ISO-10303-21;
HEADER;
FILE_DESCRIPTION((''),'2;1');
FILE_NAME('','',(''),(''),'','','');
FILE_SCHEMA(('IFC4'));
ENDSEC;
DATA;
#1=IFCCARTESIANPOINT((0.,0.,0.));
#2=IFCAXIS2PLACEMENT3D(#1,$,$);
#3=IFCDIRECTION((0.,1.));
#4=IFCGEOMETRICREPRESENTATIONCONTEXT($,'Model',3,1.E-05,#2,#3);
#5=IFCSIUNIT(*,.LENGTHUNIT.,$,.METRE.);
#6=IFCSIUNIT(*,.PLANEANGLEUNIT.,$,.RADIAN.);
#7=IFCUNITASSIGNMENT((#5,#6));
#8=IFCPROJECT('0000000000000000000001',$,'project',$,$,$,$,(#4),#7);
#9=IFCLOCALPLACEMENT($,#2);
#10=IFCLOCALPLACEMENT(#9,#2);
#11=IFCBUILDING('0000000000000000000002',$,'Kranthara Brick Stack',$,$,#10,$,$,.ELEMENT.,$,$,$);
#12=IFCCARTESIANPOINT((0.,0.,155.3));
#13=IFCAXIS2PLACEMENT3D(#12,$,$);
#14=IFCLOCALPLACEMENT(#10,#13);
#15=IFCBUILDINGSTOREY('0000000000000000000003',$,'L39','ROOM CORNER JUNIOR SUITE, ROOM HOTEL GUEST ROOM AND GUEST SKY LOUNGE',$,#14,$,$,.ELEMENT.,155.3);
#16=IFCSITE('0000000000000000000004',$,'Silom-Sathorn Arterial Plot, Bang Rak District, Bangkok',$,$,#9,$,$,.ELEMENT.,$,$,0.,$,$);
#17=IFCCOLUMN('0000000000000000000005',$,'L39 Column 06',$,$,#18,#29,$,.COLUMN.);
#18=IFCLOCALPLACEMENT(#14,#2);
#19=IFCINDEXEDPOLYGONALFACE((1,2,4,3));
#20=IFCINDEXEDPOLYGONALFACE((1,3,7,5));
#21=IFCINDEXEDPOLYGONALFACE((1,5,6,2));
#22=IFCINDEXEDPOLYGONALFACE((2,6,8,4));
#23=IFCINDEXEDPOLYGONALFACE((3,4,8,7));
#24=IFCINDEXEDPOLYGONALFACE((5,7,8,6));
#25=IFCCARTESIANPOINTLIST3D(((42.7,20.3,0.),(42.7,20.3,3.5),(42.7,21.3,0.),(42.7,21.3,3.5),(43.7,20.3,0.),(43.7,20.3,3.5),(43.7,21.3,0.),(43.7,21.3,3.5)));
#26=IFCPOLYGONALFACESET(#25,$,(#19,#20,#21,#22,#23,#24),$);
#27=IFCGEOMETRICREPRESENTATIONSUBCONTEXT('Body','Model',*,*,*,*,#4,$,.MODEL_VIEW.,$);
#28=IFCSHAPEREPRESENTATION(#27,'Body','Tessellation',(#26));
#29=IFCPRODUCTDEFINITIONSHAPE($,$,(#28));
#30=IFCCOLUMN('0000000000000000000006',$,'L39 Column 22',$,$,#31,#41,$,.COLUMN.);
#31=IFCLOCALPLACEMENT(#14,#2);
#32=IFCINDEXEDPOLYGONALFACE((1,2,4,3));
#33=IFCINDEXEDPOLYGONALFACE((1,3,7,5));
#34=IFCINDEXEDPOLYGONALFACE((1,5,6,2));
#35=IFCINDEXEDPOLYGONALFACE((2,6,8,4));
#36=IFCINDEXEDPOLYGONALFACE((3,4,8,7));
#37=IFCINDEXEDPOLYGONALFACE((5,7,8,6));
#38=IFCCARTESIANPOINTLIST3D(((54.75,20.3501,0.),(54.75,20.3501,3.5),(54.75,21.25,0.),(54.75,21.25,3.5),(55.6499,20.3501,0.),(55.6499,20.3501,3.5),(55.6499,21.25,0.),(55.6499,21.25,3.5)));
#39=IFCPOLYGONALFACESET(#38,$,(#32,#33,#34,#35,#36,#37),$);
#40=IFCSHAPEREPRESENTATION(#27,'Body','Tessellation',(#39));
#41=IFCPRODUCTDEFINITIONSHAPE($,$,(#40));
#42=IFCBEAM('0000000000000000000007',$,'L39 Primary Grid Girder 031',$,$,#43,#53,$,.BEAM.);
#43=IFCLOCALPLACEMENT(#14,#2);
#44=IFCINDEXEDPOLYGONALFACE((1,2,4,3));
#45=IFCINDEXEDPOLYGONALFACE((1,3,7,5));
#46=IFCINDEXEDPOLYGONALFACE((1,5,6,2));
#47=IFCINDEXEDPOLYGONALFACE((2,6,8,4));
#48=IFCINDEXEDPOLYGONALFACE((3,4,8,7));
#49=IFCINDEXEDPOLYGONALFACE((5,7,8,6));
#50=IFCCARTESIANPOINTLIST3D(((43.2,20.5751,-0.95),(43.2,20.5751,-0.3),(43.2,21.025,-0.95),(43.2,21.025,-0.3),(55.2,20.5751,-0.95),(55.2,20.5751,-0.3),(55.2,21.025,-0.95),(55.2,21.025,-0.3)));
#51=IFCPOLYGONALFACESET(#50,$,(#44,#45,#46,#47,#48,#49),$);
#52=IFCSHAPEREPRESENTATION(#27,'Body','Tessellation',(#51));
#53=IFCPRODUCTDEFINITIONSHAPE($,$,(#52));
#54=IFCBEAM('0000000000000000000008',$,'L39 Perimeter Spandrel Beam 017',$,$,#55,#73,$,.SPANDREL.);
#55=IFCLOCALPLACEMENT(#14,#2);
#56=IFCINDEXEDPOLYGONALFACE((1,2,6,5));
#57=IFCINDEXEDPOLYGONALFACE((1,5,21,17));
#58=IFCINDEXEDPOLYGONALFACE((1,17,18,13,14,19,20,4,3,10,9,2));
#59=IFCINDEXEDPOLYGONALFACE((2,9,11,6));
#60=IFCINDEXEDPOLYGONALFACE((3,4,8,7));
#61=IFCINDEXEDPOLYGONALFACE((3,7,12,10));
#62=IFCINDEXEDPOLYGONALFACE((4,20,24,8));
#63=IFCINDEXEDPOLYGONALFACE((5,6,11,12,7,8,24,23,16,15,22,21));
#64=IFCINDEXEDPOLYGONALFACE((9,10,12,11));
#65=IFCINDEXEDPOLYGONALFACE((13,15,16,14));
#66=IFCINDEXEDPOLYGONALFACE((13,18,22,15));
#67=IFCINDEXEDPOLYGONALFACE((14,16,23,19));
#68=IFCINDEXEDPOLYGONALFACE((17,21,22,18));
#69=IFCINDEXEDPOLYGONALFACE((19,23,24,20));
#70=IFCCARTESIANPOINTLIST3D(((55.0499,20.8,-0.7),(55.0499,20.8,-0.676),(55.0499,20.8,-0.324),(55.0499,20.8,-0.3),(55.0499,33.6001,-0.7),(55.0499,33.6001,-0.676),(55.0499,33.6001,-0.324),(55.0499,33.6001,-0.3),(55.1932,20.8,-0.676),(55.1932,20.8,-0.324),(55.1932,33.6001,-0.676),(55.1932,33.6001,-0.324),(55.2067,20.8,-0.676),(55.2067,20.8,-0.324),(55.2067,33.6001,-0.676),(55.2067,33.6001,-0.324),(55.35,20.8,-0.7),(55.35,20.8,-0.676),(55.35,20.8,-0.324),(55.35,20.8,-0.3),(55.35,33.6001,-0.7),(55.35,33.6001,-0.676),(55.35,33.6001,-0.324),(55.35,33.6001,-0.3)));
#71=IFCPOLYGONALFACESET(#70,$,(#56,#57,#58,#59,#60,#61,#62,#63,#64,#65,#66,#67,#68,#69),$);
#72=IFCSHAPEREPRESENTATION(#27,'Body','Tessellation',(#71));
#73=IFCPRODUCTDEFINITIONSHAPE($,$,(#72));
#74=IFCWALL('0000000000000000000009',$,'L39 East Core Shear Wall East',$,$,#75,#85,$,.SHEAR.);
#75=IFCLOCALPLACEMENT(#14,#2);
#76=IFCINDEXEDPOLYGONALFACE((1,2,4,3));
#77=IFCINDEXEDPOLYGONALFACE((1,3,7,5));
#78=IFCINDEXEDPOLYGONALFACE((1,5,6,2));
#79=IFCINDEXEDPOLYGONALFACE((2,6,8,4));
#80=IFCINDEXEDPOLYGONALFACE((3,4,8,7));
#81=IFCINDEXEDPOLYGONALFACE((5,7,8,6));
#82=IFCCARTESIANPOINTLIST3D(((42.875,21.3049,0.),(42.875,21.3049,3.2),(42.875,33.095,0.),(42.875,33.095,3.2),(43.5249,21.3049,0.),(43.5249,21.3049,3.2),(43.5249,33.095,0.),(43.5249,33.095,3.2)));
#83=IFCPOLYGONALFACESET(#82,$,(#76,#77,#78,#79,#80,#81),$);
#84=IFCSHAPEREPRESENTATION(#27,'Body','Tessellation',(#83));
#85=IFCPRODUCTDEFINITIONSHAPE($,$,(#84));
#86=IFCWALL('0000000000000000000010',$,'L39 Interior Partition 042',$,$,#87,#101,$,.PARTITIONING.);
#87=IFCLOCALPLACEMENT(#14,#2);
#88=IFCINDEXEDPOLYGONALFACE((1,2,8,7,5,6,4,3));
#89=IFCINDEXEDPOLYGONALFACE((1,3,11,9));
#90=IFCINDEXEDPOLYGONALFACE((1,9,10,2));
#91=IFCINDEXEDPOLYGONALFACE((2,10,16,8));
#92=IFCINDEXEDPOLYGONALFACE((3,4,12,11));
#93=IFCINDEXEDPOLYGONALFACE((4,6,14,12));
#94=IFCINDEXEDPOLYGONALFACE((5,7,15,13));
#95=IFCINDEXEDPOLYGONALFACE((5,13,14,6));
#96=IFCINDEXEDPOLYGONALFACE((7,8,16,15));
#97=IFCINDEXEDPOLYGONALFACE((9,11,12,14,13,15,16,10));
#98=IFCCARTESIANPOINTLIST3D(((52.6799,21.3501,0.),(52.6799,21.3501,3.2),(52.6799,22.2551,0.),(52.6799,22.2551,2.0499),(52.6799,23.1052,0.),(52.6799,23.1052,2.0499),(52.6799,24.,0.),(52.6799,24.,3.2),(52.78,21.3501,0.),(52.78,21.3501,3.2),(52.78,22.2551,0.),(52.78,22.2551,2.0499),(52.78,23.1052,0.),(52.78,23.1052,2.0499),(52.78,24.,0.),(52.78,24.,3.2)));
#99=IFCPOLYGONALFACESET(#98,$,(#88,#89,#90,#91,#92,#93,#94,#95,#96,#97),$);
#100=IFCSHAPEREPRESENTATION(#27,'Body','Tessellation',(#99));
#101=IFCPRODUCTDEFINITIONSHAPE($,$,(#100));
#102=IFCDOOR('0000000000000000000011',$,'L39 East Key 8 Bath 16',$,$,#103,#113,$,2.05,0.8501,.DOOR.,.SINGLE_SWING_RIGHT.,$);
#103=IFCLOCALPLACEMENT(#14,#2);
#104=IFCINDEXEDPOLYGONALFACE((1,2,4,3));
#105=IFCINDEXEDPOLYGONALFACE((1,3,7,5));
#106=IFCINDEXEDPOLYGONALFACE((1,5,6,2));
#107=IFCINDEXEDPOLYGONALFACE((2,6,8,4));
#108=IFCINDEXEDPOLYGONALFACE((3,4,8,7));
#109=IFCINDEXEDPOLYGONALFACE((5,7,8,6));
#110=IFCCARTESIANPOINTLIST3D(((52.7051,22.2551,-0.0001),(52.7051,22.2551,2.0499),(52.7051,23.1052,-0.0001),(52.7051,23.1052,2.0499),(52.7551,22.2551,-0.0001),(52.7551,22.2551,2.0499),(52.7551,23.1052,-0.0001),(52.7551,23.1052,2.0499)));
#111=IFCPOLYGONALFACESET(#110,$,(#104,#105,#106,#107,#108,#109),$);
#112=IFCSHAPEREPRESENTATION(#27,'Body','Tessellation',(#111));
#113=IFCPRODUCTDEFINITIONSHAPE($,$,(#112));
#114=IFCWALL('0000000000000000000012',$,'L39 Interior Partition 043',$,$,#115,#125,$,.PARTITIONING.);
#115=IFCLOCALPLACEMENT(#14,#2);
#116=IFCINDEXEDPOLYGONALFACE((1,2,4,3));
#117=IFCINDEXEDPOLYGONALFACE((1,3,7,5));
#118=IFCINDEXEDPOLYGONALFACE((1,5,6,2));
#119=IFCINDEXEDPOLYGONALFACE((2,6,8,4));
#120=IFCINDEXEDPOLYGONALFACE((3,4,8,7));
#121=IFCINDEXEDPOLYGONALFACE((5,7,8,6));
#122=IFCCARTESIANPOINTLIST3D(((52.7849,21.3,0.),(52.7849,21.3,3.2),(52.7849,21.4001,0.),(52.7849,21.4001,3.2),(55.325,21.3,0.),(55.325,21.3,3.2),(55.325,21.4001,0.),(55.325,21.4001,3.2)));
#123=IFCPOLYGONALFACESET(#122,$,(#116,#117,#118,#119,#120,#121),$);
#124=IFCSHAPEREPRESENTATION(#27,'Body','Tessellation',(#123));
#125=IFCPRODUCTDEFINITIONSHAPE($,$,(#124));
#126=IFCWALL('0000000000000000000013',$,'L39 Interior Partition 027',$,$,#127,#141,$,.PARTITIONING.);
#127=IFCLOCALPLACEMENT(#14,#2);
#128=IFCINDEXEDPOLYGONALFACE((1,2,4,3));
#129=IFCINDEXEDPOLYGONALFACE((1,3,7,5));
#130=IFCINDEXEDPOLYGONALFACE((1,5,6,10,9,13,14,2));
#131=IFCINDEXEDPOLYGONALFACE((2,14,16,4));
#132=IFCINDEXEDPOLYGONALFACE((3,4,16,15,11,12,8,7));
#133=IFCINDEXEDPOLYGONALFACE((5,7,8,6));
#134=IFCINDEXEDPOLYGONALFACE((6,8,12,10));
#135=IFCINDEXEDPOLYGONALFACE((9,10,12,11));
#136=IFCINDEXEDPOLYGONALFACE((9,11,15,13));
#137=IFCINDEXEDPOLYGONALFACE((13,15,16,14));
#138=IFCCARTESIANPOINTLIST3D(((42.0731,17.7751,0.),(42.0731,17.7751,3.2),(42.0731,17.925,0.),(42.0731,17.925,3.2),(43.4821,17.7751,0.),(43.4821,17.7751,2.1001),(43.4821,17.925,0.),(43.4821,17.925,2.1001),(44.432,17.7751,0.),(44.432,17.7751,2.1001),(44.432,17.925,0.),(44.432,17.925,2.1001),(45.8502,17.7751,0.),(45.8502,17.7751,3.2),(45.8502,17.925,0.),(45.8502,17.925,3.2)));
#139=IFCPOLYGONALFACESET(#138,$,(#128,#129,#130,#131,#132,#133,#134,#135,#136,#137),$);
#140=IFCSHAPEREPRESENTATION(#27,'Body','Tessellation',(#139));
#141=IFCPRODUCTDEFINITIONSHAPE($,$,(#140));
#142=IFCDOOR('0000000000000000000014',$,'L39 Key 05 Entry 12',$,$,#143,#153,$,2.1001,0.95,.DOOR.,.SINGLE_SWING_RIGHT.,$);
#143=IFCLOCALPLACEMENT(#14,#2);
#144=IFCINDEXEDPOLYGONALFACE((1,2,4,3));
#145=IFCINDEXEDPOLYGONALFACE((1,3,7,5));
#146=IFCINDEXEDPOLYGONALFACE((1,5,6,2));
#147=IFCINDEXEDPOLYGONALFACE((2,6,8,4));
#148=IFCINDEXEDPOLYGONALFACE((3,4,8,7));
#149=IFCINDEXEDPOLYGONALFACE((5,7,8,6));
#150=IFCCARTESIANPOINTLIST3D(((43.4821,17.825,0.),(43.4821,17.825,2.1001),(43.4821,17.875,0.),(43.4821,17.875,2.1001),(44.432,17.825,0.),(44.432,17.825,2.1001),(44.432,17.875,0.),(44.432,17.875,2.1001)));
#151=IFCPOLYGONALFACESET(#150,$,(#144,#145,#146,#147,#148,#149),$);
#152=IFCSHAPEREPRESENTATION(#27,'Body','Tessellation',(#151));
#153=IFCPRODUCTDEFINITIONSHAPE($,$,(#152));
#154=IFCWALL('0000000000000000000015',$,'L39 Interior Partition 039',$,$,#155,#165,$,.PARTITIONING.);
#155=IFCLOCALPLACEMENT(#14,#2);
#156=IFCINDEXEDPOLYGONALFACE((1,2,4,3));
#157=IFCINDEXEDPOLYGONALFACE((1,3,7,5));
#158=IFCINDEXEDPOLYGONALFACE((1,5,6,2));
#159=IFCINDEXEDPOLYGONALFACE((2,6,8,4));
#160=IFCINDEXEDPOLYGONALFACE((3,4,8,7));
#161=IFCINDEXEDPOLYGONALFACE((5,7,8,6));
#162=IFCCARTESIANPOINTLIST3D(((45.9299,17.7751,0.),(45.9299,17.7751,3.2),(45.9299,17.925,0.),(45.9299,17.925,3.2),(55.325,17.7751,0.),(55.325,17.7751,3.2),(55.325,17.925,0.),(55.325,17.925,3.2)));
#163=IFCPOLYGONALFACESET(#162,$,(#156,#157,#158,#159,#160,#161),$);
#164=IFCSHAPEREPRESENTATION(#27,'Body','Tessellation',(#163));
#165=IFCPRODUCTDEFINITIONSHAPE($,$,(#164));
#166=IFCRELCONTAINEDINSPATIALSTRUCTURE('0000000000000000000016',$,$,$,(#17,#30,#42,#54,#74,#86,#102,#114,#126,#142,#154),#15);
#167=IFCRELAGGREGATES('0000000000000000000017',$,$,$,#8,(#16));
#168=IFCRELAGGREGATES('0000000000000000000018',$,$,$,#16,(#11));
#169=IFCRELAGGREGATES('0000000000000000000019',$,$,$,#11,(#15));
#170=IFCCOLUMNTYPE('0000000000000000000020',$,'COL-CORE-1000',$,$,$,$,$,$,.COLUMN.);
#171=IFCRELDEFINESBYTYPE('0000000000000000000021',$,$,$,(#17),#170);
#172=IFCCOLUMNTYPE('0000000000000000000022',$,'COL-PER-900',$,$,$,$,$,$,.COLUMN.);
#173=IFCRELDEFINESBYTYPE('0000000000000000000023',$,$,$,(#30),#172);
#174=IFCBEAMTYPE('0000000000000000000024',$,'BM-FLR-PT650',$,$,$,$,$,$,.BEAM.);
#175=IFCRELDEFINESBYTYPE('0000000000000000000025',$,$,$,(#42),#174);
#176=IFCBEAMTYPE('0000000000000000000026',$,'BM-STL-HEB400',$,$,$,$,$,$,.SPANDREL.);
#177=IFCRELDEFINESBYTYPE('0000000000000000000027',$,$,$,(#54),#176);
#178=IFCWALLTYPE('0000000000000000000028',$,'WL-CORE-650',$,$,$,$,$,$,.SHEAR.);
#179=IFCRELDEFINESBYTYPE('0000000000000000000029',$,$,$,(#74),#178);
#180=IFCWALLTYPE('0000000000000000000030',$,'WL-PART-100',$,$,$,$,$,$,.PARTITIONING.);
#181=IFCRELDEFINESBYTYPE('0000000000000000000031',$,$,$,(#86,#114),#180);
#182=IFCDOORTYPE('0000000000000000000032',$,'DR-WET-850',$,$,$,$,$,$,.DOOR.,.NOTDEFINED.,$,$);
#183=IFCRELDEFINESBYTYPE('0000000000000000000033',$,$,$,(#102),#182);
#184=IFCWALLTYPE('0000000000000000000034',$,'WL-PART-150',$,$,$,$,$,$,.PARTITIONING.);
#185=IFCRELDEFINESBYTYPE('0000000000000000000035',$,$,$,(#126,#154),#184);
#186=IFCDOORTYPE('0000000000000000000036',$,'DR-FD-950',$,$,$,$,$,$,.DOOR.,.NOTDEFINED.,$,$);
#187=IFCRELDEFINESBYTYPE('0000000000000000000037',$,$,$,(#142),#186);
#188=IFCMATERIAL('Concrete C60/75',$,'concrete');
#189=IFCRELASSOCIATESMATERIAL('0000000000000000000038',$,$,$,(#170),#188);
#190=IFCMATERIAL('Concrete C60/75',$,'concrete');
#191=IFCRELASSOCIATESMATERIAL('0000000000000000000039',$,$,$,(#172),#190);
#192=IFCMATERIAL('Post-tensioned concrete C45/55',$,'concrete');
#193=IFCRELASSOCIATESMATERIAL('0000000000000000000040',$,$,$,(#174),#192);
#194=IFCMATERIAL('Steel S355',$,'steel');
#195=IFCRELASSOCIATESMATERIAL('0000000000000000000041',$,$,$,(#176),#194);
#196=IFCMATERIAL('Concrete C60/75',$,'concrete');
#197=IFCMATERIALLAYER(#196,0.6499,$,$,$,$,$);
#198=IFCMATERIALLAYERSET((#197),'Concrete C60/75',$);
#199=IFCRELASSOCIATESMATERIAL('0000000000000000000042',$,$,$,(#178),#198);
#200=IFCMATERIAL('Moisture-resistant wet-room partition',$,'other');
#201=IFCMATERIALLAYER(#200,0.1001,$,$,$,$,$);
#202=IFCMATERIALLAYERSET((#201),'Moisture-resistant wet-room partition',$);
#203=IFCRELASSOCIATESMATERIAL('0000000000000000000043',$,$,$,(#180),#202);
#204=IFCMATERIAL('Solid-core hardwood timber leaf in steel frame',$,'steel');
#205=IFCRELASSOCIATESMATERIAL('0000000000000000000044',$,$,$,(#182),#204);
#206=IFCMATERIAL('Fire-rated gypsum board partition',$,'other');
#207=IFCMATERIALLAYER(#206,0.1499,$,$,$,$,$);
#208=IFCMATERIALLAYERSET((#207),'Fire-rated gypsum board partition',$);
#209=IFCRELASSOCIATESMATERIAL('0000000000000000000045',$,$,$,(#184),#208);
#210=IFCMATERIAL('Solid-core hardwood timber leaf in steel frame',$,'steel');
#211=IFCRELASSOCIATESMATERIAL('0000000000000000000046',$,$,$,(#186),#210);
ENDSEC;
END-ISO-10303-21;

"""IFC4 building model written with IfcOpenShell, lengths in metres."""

from ifc_helpers import new_model, si_unit, direction, frame, frame_2d, origin, origin_2d, place, context, subcontext, project, spatial, rectangle, i_section, extrude, material, layer, layer_set, material_profile, profile_set, type_object, element, fill, save


model = new_model("IFC4")

# Units and contexts
model_context = context("Model", 3, precision=1e-05, world=origin(), true_north=direction((0.0, 1.0)))
body_context = subcontext(model_context, "Body", "Model", "MODEL_VIEW")
ifc_project = project(units=[si_unit("LENGTHUNIT", "METRE"), si_unit("PLANEANGLEUNIT", "RADIAN")], contexts=[model_context])

# Site, building, storey
site_placement = place(None, origin())
site = spatial("IfcSite", under=ifc_project, at=site_placement, Name="Silom-Sathorn Arterial Plot, Bang Rak District, Bangkok", CompositionType="ELEMENT", RefElevation=0.0)
building_placement = place(site_placement, origin())
building = spatial("IfcBuilding", under=site, at=building_placement, Name="Kranthara Brick Stack", CompositionType="ELEMENT")
storey_placement = place(building_placement, frame((0.0, 0.0, 155.3)))
storey = spatial("IfcBuildingStorey", under=building, at=storey_placement, Name="L39", Description="ROOM CORNER JUNIOR SUITE, ROOM HOTEL GUEST ROOM AND GUEST SKY LOUNGE", CompositionType="ELEMENT", Elevation=155.3)

# Columns
ifc_material_1 = material(Name="Concrete C60/75", Category="concrete")
ifc_material_profile_1 = material_profile(ifc_material_1, rectangle(XDim=1.0, YDim=1.0, at=origin_2d()), Name="RC 1000x1000")
ifc_profile_set_1 = profile_set([ifc_material_profile_1], Name="Concrete C60/75")
column_type_1 = type_object("IfcColumnType", Name="COL-CORE-1000", PredefinedType="COLUMN", material=ifc_profile_set_1)
column_1_placement = place(storey_placement, frame((43.2, 20.8, 0.0), z_axis=(0.0, 0.0, 1.0), x_axis=(1.0, 0.0, 0.0)))
element("IfcColumn", 1, at=column_1_placement, inside=storey, type_object=column_type_1, Name="L39 Column 06", PredefinedType="COLUMN", context=body_context, shape_type="SweptSolid", body=[
    extrude(rectangle(XDim=1.0, YDim=1.0, at=origin_2d()), origin(), (0.0, 0.0, 1.0), 3.5),
])
ifc_material_2 = material(Name="Concrete C60/75", Category="concrete")
ifc_material_profile_2 = material_profile(ifc_material_2, rectangle(XDim=0.8999, YDim=0.8999, at=origin_2d()), Name="RC 900x900")
ifc_profile_set_2 = profile_set([ifc_material_profile_2], Name="Concrete C60/75")
column_type_2 = type_object("IfcColumnType", Name="COL-PER-900", PredefinedType="COLUMN", material=ifc_profile_set_2)
column_2_placement = place(storey_placement, frame((55.2, 20.8, 0.0), z_axis=(0.0, 0.0, 1.0), x_axis=(1.0, 0.0, 0.0)))
element("IfcColumn", 2, at=column_2_placement, inside=storey, type_object=column_type_2, Name="L39 Column 22", PredefinedType="COLUMN", context=body_context, shape_type="SweptSolid", body=[
    extrude(rectangle(XDim=0.8999, YDim=0.8999, at=origin_2d()), origin(), (0.0, 0.0, 1.0), 3.5),
])

# Beams
ifc_material_3 = material(Name="Post-tensioned concrete C45/55", Category="concrete")
ifc_material_profile_3 = material_profile(ifc_material_3, rectangle(XDim=0.45, YDim=0.6499, at=origin_2d()), Name="PT 450x650")
ifc_profile_set_3 = profile_set([ifc_material_profile_3], Name="Post-tensioned concrete C45/55")
beam_type_1 = type_object("IfcBeamType", Name="BM-FLR-PT650", PredefinedType="BEAM", material=ifc_profile_set_3)
beam_1_placement = place(storey_placement, frame((43.2, 20.8, -0.625), z_axis=(1.0, 0.0, 0.0), x_axis=(0.0, 1.0, 0.0)))
element("IfcBeam", 3, at=beam_1_placement, inside=storey, type_object=beam_type_1, Name="L39 Primary Grid Girder 031", PredefinedType="BEAM", context=body_context, shape_type="SweptSolid", body=[
    extrude(rectangle(XDim=0.45, YDim=0.6499, at=origin_2d()), origin(), (0.0, 0.0, 1.0), 12.0),
])
ifc_material_4 = material(Name="Steel S355", Category="steel")
ifc_material_profile_4 = material_profile(ifc_material_4, i_section(OverallWidth=0.3, OverallDepth=0.3999, WebThickness=0.0134, FlangeThickness=0.0239, at=origin_2d()), Name="HEB 400")
ifc_profile_set_4 = profile_set([ifc_material_profile_4], Name="Steel S355")
beam_type_2 = type_object("IfcBeamType", Name="BM-STL-HEB400", PredefinedType="SPANDREL", material=ifc_profile_set_4)
beam_2_placement = place(storey_placement, frame((55.2, 20.8, -0.5), z_axis=(0.0, 1.0, 0.0), x_axis=(-1.0, 0.0, 0.0)))
element("IfcBeam", 4, at=beam_2_placement, inside=storey, type_object=beam_type_2, Name="L39 Perimeter Spandrel Beam 017", PredefinedType="SPANDREL", context=body_context, shape_type="SweptSolid", body=[
    extrude(i_section(OverallWidth=0.3, OverallDepth=0.3999, WebThickness=0.0134, FlangeThickness=0.0239, at=origin_2d()), origin(), (0.0, 0.0, 1.0), 12.8),
])

# Wall
ifc_material_5 = material(Name="Concrete C60/75", Category="concrete")
ifc_layer_1 = layer(ifc_material_5, 0.6499)
ifc_layer_set_1 = layer_set([ifc_layer_1], Name="Concrete C60/75")
wall_type_1 = type_object("IfcWallType", Name="WL-CORE-650", PredefinedType="SHEAR", material=ifc_layer_set_1)
wall_1_placement = place(storey_placement, frame((43.2, 21.3049, 0.0), z_axis=(0.0, 0.0, 1.0), x_axis=(0.0, 1.0, 0.0)))
element("IfcWall", 5, at=wall_1_placement, inside=storey, type_object=wall_type_1, Name="L39 East Core Shear Wall East", PredefinedType="SHEAR", context=body_context, shape_type="SweptSolid", body=[
    extrude(rectangle(XDim=11.79, YDim=0.6499, at=frame_2d((5.895, 0.0))), origin(), (0.0, 0.0, 1.0), 3.2),
])

# Wall, opening, door
ifc_material_6 = material(Name="Moisture-resistant wet-room partition", Category="other")
ifc_layer_2 = layer(ifc_material_6, 0.1001)
ifc_layer_set_2 = layer_set([ifc_layer_2], Name="Moisture-resistant wet-room partition")
wall_type_2 = type_object("IfcWallType", Name="WL-PART-100", PredefinedType="PARTITIONING", material=ifc_layer_set_2)
wall_2_placement = place(storey_placement, frame((52.73, 21.3501, 0.0), z_axis=(0.0, 0.0, 1.0), x_axis=(0.0, 1.0, 0.0)))
wall_2 = element("IfcWall", 6, at=wall_2_placement, inside=storey, type_object=wall_type_2, Name="L39 Interior Partition 042", PredefinedType="PARTITIONING", context=body_context, shape_type="SweptSolid", body=[
    extrude(rectangle(XDim=2.6499, YDim=0.1001, at=frame_2d((1.325, 0.0))), origin(), (0.0, 0.0, 1.0), 3.2),
])
opening_1_placement = place(wall_2_placement, frame((0.905, 0.0, 0.0)))
opening_1 = element("IfcOpeningElement", 7, at=opening_1_placement, cuts=wall_2, PredefinedType="OPENING", context=body_context, shape_type="SweptSolid", body=[
    extrude(rectangle(XDim=0.8501, YDim=2.05, at=frame_2d((0.425, 1.0249))), frame((0.0, 0.0601, 0.0), z_axis=(0.0, -1.0, 0.0), x_axis=(1.0, 0.0, 0.0)), (0.0, 0.0, 1.0), 0.1201),
])
ifc_material_7 = material(Name="Solid-core hardwood timber leaf in steel frame", Category="steel")
door_type_1 = type_object("IfcDoorType", Name="DR-WET-850", OperationType="NOTDEFINED", PredefinedType="DOOR", material=ifc_material_7)
door_1_placement = place(opening_1_placement, origin())
door_1 = element("IfcDoor", 8, at=door_1_placement, inside=storey, type_object=door_type_1, Name="L39 East Key 8 Bath 16", OperationType="SINGLE_SWING_RIGHT", OverallHeight=2.05, OverallWidth=0.8501, PredefinedType="DOOR", context=body_context, shape_type="SweptSolid", body=[
    extrude(rectangle(XDim=0.8501, YDim=2.05, at=frame_2d((0.425, 1.0249))), frame((0.0, 0.0249, 0.0), z_axis=(0.0, -1.0, 0.0), x_axis=(1.0, 0.0, 0.0)), (0.0, 0.0, 1.0), 0.05),
])
fill(opening_1, door_1)

# Wall
wall_3_placement = place(storey_placement, frame((52.7849, 21.3501, 0.0), z_axis=(0.0, 0.0, 1.0), x_axis=(1.0, 0.0, 0.0)))
element("IfcWall", 9, at=wall_3_placement, inside=storey, type_object=wall_type_2, Name="L39 Interior Partition 043", PredefinedType="PARTITIONING", context=body_context, shape_type="SweptSolid", body=[
    extrude(rectangle(XDim=2.54, YDim=0.1001, at=frame_2d((1.27, 0.0))), origin(), (0.0, 0.0, 1.0), 3.2),
])
ifc_material_8 = material(Name="Fire-rated gypsum board partition", Category="other")
ifc_layer_3 = layer(ifc_material_8, 0.1499)
ifc_layer_set_3 = layer_set([ifc_layer_3], Name="Fire-rated gypsum board partition")
wall_type_3 = type_object("IfcWallType", Name="WL-PART-150", PredefinedType="PARTITIONING", material=ifc_layer_set_3)

# Wall, opening, door
wall_4_placement = place(storey_placement, frame((42.073, 17.8501, 0.0), z_axis=(0.0, 0.0, 1.0), x_axis=(1.0, 0.0, 0.0)))
wall_4 = element("IfcWall", 10, at=wall_4_placement, inside=storey, type_object=wall_type_3, Name="L39 Interior Partition 027", PredefinedType="PARTITIONING", context=body_context, shape_type="SweptSolid", body=[
    extrude(rectangle(XDim=3.7771, YDim=0.1499, at=frame_2d((1.8887, 0.0))), origin(), (0.0, 0.0, 1.0), 3.2),
])
opening_2_placement = place(wall_4_placement, frame((1.4089, 0.0, 0.0)))
opening_2 = element("IfcOpeningElement", 11, at=opening_2_placement, cuts=wall_4, PredefinedType="OPENING", context=body_context, shape_type="SweptSolid", body=[
    extrude(rectangle(XDim=0.95, YDim=2.1001, at=frame_2d((0.4751, 1.05))), frame((0.0, 0.085, 0.0), z_axis=(0.0, -1.0, 0.0), x_axis=(1.0, 0.0, 0.0)), (0.0, 0.0, 1.0), 0.1699),
])
ifc_material_9 = material(Name="Solid-core hardwood timber leaf in steel frame", Category="steel")
door_type_2 = type_object("IfcDoorType", Name="DR-FD-950", OperationType="NOTDEFINED", PredefinedType="DOOR", material=ifc_material_9)
door_2_placement = place(opening_2_placement, origin())
door_2 = element("IfcDoor", 12, at=door_2_placement, inside=storey, type_object=door_type_2, Name="L39 Key 05 Entry 12", OperationType="SINGLE_SWING_RIGHT", OverallHeight=2.1001, OverallWidth=0.95, PredefinedType="DOOR", context=body_context, shape_type="SweptSolid", body=[
    extrude(rectangle(XDim=0.95, YDim=2.1001, at=frame_2d((0.4751, 1.05))), frame((0.0, 0.0249, 0.0), z_axis=(0.0, -1.0, 0.0), x_axis=(1.0, 0.0, 0.0)), (0.0, 0.0, 1.0), 0.05),
])
fill(opening_2, door_2)

# Wall
wall_5_placement = place(storey_placement, frame((45.9299, 17.8501, 0.0), z_axis=(0.0, 0.0, 1.0), x_axis=(1.0, 0.0, 0.0)))
element("IfcWall", 13, at=wall_5_placement, inside=storey, type_object=wall_type_3, Name="L39 Interior Partition 039", PredefinedType="PARTITIONING", context=body_context, shape_type="SweptSolid", body=[
    extrude(rectangle(XDim=9.395, YDim=0.1499, at=frame_2d((4.6975, 0.0))), origin(), (0.0, 0.0, 1.0), 3.2),
])

save(model, "model.ifc")
